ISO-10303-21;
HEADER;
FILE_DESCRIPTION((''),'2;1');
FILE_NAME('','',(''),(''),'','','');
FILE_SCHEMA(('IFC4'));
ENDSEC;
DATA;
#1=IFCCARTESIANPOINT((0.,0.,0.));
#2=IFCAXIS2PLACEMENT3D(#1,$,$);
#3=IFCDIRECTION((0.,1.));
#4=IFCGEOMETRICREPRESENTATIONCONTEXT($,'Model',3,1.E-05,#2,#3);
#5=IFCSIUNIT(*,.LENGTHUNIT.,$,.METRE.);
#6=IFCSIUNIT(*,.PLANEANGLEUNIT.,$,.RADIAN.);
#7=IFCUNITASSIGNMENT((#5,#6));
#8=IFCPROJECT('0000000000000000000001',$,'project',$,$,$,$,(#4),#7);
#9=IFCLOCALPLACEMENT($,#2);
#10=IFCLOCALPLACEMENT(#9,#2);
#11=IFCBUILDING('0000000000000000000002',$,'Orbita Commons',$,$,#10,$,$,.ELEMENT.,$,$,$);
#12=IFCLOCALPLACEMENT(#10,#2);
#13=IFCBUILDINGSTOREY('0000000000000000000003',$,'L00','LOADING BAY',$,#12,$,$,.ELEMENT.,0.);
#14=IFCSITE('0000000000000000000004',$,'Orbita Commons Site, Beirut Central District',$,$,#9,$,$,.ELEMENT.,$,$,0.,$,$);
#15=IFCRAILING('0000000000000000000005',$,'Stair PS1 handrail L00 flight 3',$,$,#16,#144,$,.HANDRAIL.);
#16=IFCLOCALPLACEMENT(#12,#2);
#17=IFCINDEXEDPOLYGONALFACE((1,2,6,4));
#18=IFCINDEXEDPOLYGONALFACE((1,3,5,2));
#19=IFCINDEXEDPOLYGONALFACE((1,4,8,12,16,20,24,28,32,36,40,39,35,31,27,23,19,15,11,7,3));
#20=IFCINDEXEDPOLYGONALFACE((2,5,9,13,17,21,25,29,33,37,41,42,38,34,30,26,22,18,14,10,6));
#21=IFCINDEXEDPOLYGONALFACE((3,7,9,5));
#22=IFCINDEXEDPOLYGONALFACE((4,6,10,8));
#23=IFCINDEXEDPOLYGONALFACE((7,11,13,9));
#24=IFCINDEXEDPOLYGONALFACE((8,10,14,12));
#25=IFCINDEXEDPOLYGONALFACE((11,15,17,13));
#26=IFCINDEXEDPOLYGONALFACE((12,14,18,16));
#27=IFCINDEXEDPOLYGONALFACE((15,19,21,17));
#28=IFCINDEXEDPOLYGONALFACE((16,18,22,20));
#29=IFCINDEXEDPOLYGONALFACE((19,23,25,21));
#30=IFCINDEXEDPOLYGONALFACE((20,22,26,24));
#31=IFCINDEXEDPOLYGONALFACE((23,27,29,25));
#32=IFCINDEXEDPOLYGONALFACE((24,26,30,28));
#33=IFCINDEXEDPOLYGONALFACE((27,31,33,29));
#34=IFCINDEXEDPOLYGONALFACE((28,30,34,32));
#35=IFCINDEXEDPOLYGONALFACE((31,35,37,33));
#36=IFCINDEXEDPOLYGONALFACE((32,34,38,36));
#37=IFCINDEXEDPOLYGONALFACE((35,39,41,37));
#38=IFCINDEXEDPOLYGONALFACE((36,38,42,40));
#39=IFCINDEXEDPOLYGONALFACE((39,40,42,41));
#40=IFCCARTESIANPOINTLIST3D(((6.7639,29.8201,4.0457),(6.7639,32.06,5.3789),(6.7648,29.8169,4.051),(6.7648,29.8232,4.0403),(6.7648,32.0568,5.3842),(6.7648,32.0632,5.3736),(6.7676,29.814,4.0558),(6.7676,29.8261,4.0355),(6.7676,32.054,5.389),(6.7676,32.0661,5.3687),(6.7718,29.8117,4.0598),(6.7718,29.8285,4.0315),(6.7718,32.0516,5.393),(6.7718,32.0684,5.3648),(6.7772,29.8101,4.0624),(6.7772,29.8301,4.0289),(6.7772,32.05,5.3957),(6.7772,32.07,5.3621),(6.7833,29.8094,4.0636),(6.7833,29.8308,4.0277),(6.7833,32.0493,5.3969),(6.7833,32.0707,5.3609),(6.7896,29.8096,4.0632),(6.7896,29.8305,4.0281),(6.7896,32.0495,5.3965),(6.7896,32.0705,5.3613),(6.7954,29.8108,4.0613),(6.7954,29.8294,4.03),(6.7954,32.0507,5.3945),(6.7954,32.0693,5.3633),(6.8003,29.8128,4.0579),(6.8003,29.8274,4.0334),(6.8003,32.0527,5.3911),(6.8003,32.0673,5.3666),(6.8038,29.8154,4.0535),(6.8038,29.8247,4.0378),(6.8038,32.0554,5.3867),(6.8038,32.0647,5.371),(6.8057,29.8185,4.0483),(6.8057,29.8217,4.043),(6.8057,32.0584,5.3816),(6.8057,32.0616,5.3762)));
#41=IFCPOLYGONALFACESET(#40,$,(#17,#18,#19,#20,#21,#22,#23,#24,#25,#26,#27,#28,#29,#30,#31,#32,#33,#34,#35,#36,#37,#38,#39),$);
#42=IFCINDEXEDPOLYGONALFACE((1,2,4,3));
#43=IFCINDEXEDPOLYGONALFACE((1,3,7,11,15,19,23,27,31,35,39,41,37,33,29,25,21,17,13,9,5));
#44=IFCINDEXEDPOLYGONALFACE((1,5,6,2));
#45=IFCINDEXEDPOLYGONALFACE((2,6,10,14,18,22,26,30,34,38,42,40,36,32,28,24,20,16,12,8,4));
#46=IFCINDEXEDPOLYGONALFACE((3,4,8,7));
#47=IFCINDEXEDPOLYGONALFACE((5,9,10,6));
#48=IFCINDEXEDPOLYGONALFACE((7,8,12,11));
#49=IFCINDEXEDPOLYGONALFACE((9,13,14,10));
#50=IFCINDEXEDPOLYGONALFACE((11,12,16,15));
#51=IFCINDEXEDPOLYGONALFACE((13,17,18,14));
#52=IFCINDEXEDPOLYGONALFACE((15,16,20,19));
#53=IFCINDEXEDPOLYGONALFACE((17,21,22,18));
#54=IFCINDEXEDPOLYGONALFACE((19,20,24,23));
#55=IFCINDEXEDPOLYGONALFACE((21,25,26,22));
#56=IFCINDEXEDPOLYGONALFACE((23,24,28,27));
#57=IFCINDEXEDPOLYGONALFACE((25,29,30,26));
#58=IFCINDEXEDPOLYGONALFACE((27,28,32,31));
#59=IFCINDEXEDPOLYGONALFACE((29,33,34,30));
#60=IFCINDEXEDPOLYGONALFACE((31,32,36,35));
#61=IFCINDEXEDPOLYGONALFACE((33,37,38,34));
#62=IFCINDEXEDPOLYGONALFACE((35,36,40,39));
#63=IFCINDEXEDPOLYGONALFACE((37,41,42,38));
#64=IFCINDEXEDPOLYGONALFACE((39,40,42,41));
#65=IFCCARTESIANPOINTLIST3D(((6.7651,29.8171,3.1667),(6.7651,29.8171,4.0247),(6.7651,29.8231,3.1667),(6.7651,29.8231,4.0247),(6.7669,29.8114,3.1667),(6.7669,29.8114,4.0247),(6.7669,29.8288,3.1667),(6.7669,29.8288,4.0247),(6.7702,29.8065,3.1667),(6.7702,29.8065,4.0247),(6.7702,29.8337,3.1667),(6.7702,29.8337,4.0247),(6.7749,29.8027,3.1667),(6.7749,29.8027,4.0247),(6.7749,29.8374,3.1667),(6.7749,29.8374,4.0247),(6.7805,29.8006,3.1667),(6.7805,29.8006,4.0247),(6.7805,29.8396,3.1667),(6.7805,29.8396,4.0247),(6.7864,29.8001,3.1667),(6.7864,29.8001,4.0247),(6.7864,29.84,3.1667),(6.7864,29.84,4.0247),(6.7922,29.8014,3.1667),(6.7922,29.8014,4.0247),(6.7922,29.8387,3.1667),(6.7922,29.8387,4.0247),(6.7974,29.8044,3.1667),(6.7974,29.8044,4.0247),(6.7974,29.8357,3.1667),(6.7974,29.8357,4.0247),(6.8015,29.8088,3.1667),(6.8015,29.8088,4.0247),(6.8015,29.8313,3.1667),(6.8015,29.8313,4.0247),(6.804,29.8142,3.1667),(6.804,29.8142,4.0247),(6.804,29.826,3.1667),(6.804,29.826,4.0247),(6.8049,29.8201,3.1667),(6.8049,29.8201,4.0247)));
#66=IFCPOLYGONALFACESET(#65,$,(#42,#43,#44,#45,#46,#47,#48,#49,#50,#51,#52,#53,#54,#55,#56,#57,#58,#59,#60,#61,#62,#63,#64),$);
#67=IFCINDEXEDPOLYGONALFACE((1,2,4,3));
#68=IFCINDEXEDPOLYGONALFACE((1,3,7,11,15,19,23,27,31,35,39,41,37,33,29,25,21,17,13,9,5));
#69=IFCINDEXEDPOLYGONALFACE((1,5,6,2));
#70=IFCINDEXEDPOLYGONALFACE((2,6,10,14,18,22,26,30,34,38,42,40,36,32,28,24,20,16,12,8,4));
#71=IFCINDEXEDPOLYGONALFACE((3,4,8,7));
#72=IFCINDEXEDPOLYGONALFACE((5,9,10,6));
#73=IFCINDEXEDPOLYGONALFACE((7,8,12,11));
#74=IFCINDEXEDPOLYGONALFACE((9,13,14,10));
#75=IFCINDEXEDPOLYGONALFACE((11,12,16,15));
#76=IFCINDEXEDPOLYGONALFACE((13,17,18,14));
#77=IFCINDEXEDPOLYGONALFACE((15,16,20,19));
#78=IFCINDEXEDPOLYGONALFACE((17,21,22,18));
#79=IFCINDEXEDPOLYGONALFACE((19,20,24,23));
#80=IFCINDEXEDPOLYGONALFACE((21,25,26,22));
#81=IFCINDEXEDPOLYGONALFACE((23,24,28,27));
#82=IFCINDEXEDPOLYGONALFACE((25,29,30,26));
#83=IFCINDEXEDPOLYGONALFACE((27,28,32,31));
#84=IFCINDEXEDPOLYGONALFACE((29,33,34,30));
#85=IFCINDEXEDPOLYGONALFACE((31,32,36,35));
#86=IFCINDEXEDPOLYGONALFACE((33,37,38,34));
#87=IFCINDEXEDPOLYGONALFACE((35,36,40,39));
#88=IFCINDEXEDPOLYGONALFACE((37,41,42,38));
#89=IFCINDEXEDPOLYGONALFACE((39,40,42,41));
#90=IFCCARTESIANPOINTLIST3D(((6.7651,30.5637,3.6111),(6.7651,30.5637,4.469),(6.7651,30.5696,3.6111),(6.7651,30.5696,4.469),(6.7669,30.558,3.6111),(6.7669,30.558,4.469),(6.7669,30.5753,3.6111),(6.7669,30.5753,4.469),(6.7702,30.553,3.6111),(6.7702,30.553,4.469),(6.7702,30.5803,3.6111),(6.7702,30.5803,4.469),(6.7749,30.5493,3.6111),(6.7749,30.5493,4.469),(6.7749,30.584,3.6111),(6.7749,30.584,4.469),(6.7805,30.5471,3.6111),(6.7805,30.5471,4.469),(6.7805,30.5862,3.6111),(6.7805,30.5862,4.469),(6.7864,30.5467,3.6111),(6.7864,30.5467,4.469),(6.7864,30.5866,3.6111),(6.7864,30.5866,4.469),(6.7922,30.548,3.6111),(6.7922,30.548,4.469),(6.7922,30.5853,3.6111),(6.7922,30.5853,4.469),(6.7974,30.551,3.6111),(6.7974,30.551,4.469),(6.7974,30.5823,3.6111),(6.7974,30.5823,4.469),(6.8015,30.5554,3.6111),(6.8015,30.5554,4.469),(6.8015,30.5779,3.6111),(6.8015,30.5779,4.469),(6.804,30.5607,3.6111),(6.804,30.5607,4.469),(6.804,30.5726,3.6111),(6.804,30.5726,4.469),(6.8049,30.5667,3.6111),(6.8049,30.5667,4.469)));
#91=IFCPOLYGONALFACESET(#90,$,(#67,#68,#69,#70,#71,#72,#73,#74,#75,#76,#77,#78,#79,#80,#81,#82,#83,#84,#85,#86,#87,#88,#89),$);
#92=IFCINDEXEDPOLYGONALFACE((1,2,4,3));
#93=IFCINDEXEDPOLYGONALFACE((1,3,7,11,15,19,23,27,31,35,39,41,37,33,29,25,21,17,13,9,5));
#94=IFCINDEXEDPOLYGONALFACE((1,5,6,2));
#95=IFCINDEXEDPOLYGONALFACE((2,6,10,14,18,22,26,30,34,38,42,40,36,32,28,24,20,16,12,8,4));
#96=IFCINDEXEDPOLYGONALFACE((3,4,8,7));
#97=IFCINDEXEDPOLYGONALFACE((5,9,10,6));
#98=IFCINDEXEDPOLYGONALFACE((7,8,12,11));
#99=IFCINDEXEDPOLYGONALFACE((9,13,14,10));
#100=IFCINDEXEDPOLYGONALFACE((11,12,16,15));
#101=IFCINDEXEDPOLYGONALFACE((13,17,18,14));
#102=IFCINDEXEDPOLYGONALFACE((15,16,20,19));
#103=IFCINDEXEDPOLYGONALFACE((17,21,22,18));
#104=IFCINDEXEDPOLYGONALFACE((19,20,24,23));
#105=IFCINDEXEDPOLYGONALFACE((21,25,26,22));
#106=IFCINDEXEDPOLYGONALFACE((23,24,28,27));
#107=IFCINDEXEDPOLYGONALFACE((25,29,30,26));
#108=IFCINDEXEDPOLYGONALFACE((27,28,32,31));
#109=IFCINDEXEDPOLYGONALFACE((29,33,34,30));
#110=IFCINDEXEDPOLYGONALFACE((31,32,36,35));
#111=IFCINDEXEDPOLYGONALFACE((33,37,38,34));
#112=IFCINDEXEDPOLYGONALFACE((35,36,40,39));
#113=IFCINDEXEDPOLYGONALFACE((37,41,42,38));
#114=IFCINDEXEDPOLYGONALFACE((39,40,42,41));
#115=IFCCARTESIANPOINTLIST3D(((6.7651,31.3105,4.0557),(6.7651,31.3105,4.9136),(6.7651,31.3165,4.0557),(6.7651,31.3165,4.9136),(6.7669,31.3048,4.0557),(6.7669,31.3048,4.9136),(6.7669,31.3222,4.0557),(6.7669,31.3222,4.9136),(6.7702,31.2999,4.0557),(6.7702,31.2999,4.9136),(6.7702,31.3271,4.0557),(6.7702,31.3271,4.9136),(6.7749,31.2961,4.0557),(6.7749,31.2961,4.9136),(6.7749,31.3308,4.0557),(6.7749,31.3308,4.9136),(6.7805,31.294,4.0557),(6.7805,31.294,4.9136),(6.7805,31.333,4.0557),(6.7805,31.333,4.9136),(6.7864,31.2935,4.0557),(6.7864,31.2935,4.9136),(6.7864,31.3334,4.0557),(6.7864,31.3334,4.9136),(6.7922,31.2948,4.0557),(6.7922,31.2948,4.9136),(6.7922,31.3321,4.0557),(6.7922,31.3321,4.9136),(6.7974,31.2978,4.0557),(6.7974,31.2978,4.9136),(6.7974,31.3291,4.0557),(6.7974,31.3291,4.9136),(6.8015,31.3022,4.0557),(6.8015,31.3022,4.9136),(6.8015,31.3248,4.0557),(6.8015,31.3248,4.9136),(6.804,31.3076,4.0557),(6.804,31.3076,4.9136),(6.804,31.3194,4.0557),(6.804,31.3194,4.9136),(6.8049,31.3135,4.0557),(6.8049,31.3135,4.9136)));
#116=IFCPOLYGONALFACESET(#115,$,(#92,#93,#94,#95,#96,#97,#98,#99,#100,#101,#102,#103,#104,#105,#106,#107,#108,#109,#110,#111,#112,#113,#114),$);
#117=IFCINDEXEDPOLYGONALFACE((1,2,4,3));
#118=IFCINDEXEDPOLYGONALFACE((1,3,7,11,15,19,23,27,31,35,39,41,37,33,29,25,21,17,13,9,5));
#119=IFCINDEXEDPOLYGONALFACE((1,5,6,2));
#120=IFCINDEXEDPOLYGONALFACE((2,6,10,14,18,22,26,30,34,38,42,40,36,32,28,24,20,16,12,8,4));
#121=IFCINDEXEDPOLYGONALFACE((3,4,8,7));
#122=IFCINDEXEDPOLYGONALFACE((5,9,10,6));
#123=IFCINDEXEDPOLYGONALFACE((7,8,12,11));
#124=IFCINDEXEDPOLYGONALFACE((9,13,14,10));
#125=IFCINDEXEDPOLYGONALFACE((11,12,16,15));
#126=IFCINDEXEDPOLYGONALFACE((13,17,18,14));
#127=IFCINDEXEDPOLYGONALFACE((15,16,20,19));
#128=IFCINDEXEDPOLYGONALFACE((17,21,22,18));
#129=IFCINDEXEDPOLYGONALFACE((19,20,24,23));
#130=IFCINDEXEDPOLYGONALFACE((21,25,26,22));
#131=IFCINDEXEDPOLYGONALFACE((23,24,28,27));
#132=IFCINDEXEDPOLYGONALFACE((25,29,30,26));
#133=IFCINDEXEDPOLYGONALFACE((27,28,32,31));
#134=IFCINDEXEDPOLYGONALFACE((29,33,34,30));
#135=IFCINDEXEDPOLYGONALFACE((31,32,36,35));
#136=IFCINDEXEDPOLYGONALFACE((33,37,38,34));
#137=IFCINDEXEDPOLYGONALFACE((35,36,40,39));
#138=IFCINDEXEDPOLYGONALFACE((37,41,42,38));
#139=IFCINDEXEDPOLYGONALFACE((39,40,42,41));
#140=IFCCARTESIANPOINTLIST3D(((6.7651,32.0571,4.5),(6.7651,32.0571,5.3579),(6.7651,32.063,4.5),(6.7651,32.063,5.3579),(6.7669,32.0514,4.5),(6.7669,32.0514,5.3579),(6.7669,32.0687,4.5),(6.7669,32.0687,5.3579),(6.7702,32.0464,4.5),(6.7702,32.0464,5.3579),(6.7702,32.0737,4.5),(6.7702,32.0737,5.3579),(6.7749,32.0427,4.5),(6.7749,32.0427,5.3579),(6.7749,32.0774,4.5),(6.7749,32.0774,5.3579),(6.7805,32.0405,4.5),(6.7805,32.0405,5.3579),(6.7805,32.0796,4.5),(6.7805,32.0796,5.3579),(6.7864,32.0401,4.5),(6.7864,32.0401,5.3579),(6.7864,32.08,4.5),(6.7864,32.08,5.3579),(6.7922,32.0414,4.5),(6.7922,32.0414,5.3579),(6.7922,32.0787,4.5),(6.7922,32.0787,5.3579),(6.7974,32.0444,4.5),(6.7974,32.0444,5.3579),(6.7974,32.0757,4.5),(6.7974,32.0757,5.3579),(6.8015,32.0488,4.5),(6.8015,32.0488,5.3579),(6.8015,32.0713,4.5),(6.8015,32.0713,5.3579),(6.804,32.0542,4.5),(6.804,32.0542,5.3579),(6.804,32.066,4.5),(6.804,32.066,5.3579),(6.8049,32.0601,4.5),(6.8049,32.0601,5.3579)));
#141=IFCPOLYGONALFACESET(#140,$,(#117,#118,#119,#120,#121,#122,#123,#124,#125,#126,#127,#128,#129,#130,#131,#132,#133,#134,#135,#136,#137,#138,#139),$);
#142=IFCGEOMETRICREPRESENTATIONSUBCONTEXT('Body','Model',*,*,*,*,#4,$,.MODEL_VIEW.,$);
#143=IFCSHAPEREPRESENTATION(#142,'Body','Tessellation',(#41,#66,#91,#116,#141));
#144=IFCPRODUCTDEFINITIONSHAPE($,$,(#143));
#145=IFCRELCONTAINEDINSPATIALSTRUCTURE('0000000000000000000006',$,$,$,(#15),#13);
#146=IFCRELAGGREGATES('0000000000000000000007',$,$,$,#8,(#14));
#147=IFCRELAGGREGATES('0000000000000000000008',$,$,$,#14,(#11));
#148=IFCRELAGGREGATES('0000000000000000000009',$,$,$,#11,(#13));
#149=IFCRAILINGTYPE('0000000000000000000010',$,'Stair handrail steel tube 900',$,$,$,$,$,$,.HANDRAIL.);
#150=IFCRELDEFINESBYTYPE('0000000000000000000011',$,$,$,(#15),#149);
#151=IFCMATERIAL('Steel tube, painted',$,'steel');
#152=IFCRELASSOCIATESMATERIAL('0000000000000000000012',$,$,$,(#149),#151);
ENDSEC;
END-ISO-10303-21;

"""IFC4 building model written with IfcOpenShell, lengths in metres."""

from ifc_helpers import new_model, si_unit, direction, frame, origin, origin_2d, place, context, subcontext, project, spatial, circle, extrude, material, type_object, element, save


model = new_model("IFC4")

# Units and contexts
model_context = context("Model", 3, precision=1e-05, world=origin(), true_north=direction((0.0, 1.0)))
body_context = subcontext(model_context, "Body", "Model", "MODEL_VIEW")
ifc_project = project(units=[si_unit("LENGTHUNIT", "METRE"), si_unit("PLANEANGLEUNIT", "RADIAN")], contexts=[model_context])

# Site, building, storey
site_placement = place(None, origin())
site = spatial("IfcSite", under=ifc_project, at=site_placement, Name="Orbita Commons Site, Beirut Central District", CompositionType="ELEMENT", RefElevation=0.0)
building_placement = place(site_placement, origin())
building = spatial("IfcBuilding", under=site, at=building_placement, Name="Orbita Commons", CompositionType="ELEMENT")
storey_placement = place(building_placement, origin())
storey = spatial("IfcBuildingStorey", under=building, at=storey_placement, Name="L00", Description="LOADING BAY", CompositionType="ELEMENT", Elevation=0.0)

# Railing
ifc_material_1 = material(Name="Steel tube, painted", Category="steel")
railing_type_1 = type_object("IfcRailingType", Name="Stair handrail steel tube 900", PredefinedType="HANDRAIL", material=ifc_material_1)
for number, where, name in (
    (1, (6.7849, 29.8201, 3.1667), "Stair PS1 handrail L00 flight 3"),
):
    element("IfcRailing", number, at=place(storey_placement, frame(where)), inside=storey, type_object=railing_type_1, Name=name, PredefinedType="HANDRAIL", context=body_context, shape_type="SweptSolid", body=[
        extrude(circle(Radius=0.021, at=origin_2d()), frame((0.0, 0.0, 0.8789), z_axis=(0.0, 0.859306, 0.511462), x_axis=(-1.0, 0.0, 0.0)), (0.0, 0.0, 1.0), 2.6067),
        extrude(circle(Radius=0.02, at=origin_2d()), origin(), (0.0, 0.0, 1.0), 0.8579),
        extrude(circle(Radius=0.02, at=origin_2d()), frame((0.0, 0.7466, 0.4443)), (0.0, 0.0, 1.0), 0.8579),
        extrude(circle(Radius=0.02, at=origin_2d()), frame((0.0, 1.4934, 0.8889)), (0.0, 0.0, 1.0), 0.8579),
        extrude(circle(Radius=0.02, at=origin_2d()), frame((0.0, 2.24, 1.3333)), (0.0, 0.0, 1.0), 0.8579),
    ])

save(model, "model.ifc")
